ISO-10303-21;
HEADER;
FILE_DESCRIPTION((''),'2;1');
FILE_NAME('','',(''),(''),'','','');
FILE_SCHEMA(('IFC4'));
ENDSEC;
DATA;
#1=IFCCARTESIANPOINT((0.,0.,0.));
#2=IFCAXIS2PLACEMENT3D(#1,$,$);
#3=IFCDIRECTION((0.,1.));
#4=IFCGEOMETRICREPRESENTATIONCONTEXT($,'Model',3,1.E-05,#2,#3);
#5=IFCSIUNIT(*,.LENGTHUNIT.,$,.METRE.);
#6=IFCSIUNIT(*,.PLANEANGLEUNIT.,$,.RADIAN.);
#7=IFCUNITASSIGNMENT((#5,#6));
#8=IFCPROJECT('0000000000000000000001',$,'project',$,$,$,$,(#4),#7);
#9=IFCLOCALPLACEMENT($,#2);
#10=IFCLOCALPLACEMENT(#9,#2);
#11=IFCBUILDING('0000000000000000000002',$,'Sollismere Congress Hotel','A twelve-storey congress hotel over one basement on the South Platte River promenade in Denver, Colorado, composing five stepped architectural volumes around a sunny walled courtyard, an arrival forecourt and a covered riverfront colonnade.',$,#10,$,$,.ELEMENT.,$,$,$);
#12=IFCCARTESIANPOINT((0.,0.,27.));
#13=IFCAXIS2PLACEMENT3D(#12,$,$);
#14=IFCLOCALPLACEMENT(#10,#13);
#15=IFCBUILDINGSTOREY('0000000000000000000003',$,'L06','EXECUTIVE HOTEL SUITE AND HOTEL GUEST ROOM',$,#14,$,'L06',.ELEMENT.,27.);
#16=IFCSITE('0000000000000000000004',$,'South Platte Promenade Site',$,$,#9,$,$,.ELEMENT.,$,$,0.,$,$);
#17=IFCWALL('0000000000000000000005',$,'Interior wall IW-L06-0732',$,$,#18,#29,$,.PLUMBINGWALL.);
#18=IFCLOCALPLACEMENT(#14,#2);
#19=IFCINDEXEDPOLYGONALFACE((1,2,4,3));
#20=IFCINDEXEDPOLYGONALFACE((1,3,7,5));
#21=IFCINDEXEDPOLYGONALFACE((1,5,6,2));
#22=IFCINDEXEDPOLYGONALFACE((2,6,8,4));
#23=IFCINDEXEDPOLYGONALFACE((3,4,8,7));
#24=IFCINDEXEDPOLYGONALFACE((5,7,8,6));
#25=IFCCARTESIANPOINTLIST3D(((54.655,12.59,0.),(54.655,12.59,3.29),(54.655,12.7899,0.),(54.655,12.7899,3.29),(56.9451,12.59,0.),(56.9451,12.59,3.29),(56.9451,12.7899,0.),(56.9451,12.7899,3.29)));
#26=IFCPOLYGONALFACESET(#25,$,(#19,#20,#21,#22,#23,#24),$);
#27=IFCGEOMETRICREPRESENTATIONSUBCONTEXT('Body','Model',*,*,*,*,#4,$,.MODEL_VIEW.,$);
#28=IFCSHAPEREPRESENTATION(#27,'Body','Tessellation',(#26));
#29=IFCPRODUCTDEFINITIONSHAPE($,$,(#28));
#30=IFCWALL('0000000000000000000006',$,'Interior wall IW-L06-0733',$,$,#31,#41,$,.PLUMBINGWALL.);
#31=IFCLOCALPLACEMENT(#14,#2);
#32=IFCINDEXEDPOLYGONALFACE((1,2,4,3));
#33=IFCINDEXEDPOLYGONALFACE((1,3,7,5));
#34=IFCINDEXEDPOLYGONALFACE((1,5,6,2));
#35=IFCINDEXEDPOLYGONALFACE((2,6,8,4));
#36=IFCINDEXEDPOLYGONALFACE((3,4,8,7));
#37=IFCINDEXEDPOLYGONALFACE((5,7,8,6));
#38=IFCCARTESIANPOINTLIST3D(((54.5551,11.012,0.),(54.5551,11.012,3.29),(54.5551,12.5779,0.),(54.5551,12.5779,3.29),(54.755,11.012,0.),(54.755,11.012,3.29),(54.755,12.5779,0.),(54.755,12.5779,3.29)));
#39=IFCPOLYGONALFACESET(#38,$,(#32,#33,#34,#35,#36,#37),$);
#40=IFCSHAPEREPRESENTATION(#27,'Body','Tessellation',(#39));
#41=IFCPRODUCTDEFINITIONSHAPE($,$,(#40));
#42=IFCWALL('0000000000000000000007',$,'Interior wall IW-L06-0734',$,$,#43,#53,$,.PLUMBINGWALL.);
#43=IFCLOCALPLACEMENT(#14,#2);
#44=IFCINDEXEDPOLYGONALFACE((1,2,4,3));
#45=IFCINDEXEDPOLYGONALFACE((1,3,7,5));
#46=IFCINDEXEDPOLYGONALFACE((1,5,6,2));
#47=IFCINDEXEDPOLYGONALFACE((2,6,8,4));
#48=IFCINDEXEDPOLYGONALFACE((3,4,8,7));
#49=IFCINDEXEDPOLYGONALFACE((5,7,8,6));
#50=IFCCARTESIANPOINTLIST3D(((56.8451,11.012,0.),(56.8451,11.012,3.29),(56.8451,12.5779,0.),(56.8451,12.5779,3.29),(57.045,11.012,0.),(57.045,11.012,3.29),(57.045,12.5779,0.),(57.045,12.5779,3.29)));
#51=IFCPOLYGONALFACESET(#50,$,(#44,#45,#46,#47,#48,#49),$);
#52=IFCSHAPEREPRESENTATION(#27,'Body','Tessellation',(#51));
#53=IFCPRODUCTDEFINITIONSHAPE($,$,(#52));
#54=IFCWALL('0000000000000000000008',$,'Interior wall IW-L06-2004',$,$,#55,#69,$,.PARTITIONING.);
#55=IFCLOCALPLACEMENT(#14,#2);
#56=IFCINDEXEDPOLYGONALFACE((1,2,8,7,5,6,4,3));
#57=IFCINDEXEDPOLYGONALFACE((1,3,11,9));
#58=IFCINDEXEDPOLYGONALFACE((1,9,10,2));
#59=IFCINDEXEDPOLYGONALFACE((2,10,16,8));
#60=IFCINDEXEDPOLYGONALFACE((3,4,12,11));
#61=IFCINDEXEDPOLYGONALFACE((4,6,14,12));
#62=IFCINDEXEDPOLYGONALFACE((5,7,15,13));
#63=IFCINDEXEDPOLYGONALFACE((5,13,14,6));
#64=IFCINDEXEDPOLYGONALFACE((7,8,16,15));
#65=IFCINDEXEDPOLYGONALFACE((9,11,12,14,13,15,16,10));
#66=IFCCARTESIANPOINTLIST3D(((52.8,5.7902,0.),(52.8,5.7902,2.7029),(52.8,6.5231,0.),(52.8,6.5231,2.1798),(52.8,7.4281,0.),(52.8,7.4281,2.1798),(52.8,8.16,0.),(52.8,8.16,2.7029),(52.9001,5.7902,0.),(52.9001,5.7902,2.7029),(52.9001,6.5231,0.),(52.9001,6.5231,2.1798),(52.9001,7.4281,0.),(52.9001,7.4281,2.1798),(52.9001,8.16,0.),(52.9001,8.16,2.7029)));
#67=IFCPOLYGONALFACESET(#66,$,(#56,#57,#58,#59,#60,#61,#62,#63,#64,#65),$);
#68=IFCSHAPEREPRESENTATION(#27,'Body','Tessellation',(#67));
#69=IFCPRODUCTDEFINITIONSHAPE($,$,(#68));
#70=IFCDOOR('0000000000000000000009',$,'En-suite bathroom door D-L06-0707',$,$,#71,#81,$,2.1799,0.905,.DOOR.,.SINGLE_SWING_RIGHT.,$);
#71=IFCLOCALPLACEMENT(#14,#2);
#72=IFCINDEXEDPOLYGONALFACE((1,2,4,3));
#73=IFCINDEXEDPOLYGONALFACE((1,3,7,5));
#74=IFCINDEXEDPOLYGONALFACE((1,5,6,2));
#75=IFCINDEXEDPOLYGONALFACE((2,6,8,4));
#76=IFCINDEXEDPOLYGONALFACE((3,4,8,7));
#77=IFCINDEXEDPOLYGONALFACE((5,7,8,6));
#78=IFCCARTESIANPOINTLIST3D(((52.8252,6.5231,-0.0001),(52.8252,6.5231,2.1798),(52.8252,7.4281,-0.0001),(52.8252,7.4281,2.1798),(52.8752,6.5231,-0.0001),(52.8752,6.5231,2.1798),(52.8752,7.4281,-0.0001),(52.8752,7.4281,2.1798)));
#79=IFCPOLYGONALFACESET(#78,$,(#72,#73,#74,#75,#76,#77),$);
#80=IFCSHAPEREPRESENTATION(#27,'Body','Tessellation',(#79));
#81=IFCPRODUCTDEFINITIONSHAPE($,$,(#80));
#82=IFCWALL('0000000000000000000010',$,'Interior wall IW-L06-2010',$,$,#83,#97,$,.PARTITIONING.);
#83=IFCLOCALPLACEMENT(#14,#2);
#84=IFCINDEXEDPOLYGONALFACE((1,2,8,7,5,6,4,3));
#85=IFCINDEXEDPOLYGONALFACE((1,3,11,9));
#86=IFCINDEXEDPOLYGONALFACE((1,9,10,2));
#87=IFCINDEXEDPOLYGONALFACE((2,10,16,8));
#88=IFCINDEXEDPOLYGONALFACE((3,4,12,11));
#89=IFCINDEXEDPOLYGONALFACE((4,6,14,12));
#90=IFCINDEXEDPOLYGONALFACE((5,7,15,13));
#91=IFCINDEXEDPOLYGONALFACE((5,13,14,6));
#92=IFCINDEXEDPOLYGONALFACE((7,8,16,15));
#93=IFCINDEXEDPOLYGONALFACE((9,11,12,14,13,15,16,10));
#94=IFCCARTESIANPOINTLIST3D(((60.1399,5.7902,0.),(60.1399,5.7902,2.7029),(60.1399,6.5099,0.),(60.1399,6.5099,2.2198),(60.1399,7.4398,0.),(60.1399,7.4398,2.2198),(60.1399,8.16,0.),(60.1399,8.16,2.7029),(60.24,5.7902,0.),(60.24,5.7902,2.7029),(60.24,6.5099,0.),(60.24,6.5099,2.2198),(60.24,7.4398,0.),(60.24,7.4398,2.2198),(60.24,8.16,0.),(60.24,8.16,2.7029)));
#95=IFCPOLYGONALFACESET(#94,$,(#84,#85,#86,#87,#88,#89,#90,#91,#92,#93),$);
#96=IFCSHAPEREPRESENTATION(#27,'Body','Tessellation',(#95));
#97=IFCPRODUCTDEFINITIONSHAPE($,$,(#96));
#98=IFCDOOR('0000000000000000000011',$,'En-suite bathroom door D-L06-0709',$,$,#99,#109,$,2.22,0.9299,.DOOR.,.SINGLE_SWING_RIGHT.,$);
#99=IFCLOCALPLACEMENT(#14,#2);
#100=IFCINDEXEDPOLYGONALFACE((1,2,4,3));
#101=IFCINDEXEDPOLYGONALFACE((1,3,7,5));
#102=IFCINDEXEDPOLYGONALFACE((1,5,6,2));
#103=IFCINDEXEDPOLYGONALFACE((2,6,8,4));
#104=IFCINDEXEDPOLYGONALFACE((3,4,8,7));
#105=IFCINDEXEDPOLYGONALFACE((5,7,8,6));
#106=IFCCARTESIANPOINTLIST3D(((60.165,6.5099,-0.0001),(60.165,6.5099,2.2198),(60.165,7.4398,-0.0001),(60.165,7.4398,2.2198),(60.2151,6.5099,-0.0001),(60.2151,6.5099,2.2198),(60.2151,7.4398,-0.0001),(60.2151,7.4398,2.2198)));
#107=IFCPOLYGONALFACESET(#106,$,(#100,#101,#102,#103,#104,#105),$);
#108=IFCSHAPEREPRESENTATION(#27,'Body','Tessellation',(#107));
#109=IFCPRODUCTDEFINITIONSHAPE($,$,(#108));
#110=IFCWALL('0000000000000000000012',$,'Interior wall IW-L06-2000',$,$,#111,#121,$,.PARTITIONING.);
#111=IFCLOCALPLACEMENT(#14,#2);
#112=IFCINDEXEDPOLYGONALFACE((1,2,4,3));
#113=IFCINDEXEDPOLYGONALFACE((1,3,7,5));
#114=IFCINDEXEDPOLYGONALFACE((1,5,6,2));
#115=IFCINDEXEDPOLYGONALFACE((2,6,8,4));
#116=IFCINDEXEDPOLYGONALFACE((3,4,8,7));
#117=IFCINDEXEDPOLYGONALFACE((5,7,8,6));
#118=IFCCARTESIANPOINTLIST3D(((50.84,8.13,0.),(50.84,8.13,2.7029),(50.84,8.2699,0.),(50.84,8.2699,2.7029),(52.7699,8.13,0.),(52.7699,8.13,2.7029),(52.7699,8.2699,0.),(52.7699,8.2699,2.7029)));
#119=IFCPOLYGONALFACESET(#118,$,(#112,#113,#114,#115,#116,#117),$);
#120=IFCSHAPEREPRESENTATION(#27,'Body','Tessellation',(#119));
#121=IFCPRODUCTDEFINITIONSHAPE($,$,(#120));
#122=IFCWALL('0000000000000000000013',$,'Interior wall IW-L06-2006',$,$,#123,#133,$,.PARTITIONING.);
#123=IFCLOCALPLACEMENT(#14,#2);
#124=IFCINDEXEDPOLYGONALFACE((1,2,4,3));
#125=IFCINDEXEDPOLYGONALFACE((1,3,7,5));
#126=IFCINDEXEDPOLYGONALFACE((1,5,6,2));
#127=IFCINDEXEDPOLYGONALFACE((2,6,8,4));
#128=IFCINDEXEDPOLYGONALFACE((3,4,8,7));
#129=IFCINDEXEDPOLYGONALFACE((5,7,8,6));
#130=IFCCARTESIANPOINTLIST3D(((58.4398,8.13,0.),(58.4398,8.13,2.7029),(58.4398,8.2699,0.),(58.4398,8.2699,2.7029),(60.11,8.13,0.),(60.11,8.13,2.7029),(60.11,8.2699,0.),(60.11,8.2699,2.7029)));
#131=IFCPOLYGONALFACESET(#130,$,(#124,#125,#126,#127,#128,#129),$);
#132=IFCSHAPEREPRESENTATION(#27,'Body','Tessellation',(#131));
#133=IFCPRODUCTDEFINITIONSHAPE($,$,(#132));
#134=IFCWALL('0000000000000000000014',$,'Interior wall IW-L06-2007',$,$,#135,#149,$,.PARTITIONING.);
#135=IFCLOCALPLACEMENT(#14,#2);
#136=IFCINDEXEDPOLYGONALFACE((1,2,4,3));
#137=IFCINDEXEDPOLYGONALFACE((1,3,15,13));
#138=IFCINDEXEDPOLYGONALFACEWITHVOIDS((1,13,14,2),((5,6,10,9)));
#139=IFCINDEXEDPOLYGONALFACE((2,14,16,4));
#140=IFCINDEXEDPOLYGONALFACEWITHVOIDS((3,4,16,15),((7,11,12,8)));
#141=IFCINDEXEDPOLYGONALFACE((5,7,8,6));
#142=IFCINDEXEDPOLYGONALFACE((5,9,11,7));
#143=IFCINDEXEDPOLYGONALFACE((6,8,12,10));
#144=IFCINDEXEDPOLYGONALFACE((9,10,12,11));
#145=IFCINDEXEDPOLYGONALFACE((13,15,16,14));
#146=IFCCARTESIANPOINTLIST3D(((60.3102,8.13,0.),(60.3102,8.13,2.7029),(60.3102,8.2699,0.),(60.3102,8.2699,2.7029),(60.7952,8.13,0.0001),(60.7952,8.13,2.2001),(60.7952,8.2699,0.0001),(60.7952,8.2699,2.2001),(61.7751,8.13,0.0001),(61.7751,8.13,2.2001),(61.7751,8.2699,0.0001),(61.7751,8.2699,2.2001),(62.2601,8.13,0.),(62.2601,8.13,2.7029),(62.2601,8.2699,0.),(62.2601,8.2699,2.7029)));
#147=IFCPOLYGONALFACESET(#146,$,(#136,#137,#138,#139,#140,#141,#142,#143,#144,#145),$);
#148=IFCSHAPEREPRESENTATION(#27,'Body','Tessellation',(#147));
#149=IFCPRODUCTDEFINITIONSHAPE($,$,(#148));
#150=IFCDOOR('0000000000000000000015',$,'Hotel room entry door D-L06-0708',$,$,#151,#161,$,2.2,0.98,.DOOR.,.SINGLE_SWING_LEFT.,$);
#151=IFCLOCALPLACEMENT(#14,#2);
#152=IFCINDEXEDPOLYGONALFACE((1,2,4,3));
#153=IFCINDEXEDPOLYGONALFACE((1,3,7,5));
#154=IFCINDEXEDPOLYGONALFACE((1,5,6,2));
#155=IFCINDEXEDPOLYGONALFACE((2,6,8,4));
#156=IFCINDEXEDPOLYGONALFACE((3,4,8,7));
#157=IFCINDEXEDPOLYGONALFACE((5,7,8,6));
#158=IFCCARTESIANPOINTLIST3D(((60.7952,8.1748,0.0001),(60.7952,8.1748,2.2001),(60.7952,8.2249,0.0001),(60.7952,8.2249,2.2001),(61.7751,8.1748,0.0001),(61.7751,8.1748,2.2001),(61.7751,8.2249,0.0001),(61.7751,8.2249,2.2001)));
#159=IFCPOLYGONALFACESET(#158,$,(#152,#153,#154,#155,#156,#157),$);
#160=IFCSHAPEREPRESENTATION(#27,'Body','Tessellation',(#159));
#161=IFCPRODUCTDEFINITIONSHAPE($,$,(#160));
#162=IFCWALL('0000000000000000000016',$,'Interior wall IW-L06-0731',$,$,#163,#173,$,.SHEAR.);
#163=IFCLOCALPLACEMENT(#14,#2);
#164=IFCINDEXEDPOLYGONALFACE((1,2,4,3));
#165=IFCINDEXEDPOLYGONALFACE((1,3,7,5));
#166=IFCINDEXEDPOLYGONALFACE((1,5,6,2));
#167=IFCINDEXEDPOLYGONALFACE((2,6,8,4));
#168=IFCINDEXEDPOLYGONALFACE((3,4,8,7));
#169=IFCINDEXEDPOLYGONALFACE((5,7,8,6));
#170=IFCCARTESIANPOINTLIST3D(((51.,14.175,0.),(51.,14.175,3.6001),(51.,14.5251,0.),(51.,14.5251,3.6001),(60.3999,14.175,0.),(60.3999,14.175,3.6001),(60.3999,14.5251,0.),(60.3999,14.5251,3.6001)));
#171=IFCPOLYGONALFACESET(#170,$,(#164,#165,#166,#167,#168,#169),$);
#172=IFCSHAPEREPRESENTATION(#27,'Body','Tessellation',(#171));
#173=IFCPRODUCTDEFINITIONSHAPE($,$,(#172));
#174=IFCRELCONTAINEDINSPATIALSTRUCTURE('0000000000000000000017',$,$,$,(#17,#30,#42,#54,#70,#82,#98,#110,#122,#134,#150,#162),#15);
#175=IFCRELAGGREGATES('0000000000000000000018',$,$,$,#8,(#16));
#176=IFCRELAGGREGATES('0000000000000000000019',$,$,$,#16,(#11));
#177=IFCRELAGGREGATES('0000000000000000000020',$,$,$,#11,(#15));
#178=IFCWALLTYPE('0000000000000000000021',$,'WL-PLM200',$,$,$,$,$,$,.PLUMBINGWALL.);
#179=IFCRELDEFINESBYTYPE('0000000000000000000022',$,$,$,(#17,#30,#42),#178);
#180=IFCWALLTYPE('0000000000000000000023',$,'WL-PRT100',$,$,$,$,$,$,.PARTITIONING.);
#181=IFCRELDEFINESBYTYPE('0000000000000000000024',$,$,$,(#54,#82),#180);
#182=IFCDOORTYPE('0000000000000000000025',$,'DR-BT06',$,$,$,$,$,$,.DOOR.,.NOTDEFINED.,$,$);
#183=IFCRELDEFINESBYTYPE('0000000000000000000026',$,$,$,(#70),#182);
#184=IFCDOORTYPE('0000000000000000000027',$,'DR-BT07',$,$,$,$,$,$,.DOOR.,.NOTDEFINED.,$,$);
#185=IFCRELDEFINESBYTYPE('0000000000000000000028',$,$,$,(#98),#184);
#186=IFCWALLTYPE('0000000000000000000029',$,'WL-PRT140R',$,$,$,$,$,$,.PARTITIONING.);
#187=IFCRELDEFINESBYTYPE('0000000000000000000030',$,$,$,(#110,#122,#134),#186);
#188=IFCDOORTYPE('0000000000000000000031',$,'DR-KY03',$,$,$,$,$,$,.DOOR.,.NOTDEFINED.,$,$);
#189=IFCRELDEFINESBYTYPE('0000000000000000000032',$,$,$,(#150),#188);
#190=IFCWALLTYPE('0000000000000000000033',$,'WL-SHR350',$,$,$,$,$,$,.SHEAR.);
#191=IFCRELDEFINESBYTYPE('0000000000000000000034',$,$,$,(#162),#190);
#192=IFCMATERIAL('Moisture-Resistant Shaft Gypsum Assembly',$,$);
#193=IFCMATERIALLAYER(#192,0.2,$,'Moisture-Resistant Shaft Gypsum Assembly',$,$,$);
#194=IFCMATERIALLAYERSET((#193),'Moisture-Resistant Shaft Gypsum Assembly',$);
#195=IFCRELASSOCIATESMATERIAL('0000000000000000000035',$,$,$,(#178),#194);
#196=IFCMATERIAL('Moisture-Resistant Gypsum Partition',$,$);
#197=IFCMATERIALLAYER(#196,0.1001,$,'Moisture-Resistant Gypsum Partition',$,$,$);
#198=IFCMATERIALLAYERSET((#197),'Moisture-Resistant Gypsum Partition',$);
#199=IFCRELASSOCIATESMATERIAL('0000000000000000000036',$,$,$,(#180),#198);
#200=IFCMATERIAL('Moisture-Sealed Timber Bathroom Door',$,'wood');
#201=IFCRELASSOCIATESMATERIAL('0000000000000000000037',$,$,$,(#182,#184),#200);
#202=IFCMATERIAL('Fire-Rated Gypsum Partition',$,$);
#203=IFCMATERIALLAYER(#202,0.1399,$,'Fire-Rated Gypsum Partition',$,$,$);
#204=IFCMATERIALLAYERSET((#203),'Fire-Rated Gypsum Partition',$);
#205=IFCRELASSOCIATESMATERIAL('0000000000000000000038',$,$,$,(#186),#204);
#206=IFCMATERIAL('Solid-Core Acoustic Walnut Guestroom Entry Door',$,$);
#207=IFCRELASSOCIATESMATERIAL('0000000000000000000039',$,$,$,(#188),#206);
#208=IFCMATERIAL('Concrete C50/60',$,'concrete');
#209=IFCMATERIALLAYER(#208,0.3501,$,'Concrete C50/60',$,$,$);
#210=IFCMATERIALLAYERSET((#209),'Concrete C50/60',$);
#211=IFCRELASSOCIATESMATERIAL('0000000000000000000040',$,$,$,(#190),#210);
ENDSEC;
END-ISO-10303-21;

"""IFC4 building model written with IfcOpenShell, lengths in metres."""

from ifc_helpers import new_model, si_unit, direction, frame, frame_2d, origin, place, context, subcontext, project, spatial, rectangle, extrude, material, layer, layer_set, type_object, element, fill, save


model = new_model("IFC4")

# Units and contexts
model_context = context("Model", 3, precision=1e-05, world=origin(), true_north=direction((0.0, 1.0)))
body_context = subcontext(model_context, "Body", "Model", "MODEL_VIEW")
ifc_project = project(units=[si_unit("LENGTHUNIT", "METRE"), si_unit("PLANEANGLEUNIT", "RADIAN")], contexts=[model_context])

# Site, building, storey
site_placement = place(None, origin())
site = spatial("IfcSite", under=ifc_project, at=site_placement, Name="South Platte Promenade Site", CompositionType="ELEMENT", RefElevation=0.0)
building_placement = place(site_placement, origin())
building = spatial("IfcBuilding", under=site, at=building_placement, Name="Sollismere Congress Hotel", Description="A twelve-storey congress hotel over one basement on the South Platte River promenade in Denver, Colorado, composing five stepped architectural volumes around a sunny walled courtyard, an arrival forecourt and a covered riverfront colonnade.", CompositionType="ELEMENT")
storey_placement = place(building_placement, frame((0.0, 0.0, 27.0)))
storey = spatial("IfcBuildingStorey", under=building, at=storey_placement, Name="L06", Description="EXECUTIVE HOTEL SUITE AND HOTEL GUEST ROOM", LongName="L06", CompositionType="ELEMENT", Elevation=27.0)

# Walls
ifc_material_1 = material(Name="Moisture-Resistant Shaft Gypsum Assembly")
ifc_layer_1 = layer(ifc_material_1, 0.2, Name="Moisture-Resistant Shaft Gypsum Assembly")
ifc_layer_set_1 = layer_set([ifc_layer_1], Name="Moisture-Resistant Shaft Gypsum Assembly")
wall_type_1 = type_object("IfcWallType", Name="WL-PLM200", PredefinedType="PLUMBINGWALL", material=ifc_layer_set_1)
wall_1_placement = place(storey_placement, frame((54.655, 12.6899, 0.0), z_axis=(0.0, 0.0, 1.0), x_axis=(1.0, 0.0, 0.0)))
element("IfcWall", 1, at=wall_1_placement, inside=storey, type_object=wall_type_1, Name="Interior wall IW-L06-0732", PredefinedType="PLUMBINGWALL", context=body_context, shape_type="SweptSolid", body=[
    extrude(rectangle(XDim=2.29, YDim=0.2, at=frame_2d((1.145, 0.0))), origin(), (0.0, 0.0, 1.0), 3.29),
])
for number, where, z_axis, x_axis, name in (
    (2, (54.655, 11.012, 0.0), (0.0, 0.0, 1.0), (0.0, 1.0, 0.0), "Interior wall IW-L06-0733"),
    (3, (56.9451, 11.012, 0.0), (0.0, 0.0, 1.0), (0.0, 1.0, 0.0), "Interior wall IW-L06-0734"),
):
    element("IfcWall", number, at=place(storey_placement, frame(where, z_axis=z_axis, x_axis=x_axis)), inside=storey, type_object=wall_type_1, Name=name, PredefinedType="PLUMBINGWALL", context=body_context, shape_type="SweptSolid", body=[
        extrude(rectangle(XDim=1.5659, YDim=0.2, at=frame_2d((0.783, 0.0))), origin(), (0.0, 0.0, 1.0), 3.29),
    ])

# Walls, openings, doors
ifc_material_2 = material(Name="Moisture-Resistant Gypsum Partition")
ifc_layer_2 = layer(ifc_material_2, 0.1001, Name="Moisture-Resistant Gypsum Partition")
ifc_layer_set_2 = layer_set([ifc_layer_2], Name="Moisture-Resistant Gypsum Partition")
wall_type_2 = type_object("IfcWallType", Name="WL-PRT100", PredefinedType="PARTITIONING", material=ifc_layer_set_2)
wall_2_placement = place(storey_placement, frame((52.8501, 5.79, 0.0), z_axis=(0.0, 0.0, 1.0), x_axis=(0.0, 1.0, 0.0)))
wall_2 = element("IfcWall", 4, at=wall_2_placement, inside=storey, type_object=wall_type_2, Name="Interior wall IW-L06-2004", PredefinedType="PARTITIONING", context=body_context, shape_type="SweptSolid", body=[
    extrude(rectangle(XDim=2.3699, YDim=0.1001, at=frame_2d((1.1851, 0.0))), origin(), (0.0, 0.0, 1.0), 2.7029),
])
opening_1_placement = place(wall_2_placement, frame((0.7329, 0.0, 0.0)))
opening_1 = element("IfcOpeningElement", 5, at=opening_1_placement, cuts=wall_2, PredefinedType="OPENING", context=body_context, shape_type="SweptSolid", body=[
    extrude(rectangle(XDim=0.905, YDim=2.1799, at=frame_2d((0.4526, 1.0898))), frame((0.0, 0.0601, 0.0), z_axis=(0.0, -1.0, 0.0), x_axis=(1.0, 0.0, 0.0)), (0.0, 0.0, 1.0), 0.1201),
])
ifc_material_3 = material(Name="Moisture-Sealed Timber Bathroom Door", Category="wood")
door_type_1 = type_object("IfcDoorType", Name="DR-BT06", OperationType="NOTDEFINED", PredefinedType="DOOR", material=ifc_material_3)
door_1_placement = place(opening_1_placement, origin())
door_1 = element("IfcDoor", 6, at=door_1_placement, inside=storey, type_object=door_type_1, Name="En-suite bathroom door D-L06-0707", OperationType="SINGLE_SWING_RIGHT", OverallHeight=2.1799, OverallWidth=0.905, PredefinedType="DOOR", context=body_context, shape_type="SweptSolid", body=[
    extrude(rectangle(XDim=0.905, YDim=2.1799, at=frame_2d((0.4526, 1.0898))), frame((0.0, 0.0249, 0.0), z_axis=(0.0, -1.0, 0.0), x_axis=(1.0, 0.0, 0.0)), (0.0, 0.0, 1.0), 0.05),
])
fill(opening_1, door_1)
wall_3_placement = place(storey_placement, frame((60.1899, 5.79, 0.0), z_axis=(0.0, 0.0, 1.0), x_axis=(0.0, 1.0, 0.0)))
wall_3 = element("IfcWall", 7, at=wall_3_placement, inside=storey, type_object=wall_type_2, Name="Interior wall IW-L06-2010", PredefinedType="PARTITIONING", context=body_context, shape_type="SweptSolid", body=[
    extrude(rectangle(XDim=2.3699, YDim=0.1001, at=frame_2d((1.1851, 0.0))), origin(), (0.0, 0.0, 1.0), 2.7029),
])
opening_2_placement = place(wall_3_placement, frame((0.72, 0.0, 0.0)))
opening_2 = element("IfcOpeningElement", 8, at=opening_2_placement, cuts=wall_3, PredefinedType="OPENING", context=body_context, shape_type="SweptSolid", body=[
    extrude(rectangle(XDim=0.9299, YDim=2.22, at=frame_2d((0.4648, 1.1099))), frame((0.0, 0.0601, 0.0), z_axis=(0.0, -1.0, 0.0), x_axis=(1.0, 0.0, 0.0)), (0.0, 0.0, 1.0), 0.1201),
])
door_type_2 = type_object("IfcDoorType", Name="DR-BT07", OperationType="NOTDEFINED", PredefinedType="DOOR", material=ifc_material_3)
door_2_placement = place(opening_2_placement, origin())
door_2 = element("IfcDoor", 9, at=door_2_placement, inside=storey, type_object=door_type_2, Name="En-suite bathroom door D-L06-0709", OperationType="SINGLE_SWING_RIGHT", OverallHeight=2.22, OverallWidth=0.9299, PredefinedType="DOOR", context=body_context, shape_type="SweptSolid", body=[
    extrude(rectangle(XDim=0.9299, YDim=2.22, at=frame_2d((0.4648, 1.1099))), frame((0.0, 0.0249, 0.0), z_axis=(0.0, -1.0, 0.0), x_axis=(1.0, 0.0, 0.0)), (0.0, 0.0, 1.0), 0.05),
])
fill(opening_2, door_2)

# Wall
ifc_material_4 = material(Name="Fire-Rated Gypsum Partition")
ifc_layer_3 = layer(ifc_material_4, 0.1399, Name="Fire-Rated Gypsum Partition")
ifc_layer_set_3 = layer_set([ifc_layer_3], Name="Fire-Rated Gypsum Partition")
wall_type_3 = type_object("IfcWallType", Name="WL-PRT140R", PredefinedType="PARTITIONING", material=ifc_layer_set_3)
wall_4_placement = place(storey_placement, frame((50.8401, 8.2, 0.0), z_axis=(0.0, 0.0, 1.0), x_axis=(1.0, 0.0, 0.0)))
element("IfcWall", 10, at=wall_4_placement, inside=storey, type_object=wall_type_3, Name="Interior wall IW-L06-2000", PredefinedType="PARTITIONING", context=body_context, shape_type="SweptSolid", body=[
    extrude(rectangle(XDim=1.9299, YDim=0.1399, at=frame_2d((0.9648, 0.0))), origin(), (0.0, 0.0, 1.0), 2.7029),
])

# Shared definitions
ifc_material_5 = material(Name="Solid-Core Acoustic Walnut Guestroom Entry Door")

# Wall
wall_5_placement = place(storey_placement, frame((58.4399, 8.2, 0.0), z_axis=(0.0, 0.0, 1.0), x_axis=(1.0, 0.0, 0.0)))
element("IfcWall", 11, at=wall_5_placement, inside=storey, type_object=wall_type_3, Name="Interior wall IW-L06-2006", PredefinedType="PARTITIONING", context=body_context, shape_type="SweptSolid", body=[
    extrude(rectangle(XDim=1.6702, YDim=0.1399, at=frame_2d((0.835, 0.0))), origin(), (0.0, 0.0, 1.0), 2.7029),
])

# Wall, opening, door
wall_6_placement = place(storey_placement, frame((60.3101, 8.2, 0.0), z_axis=(0.0, 0.0, 1.0), x_axis=(1.0, 0.0, 0.0)))
wall_6 = element("IfcWall", 12, at=wall_6_placement, inside=storey, type_object=wall_type_3, Name="Interior wall IW-L06-2007", PredefinedType="PARTITIONING", context=body_context, shape_type="SweptSolid", body=[
    extrude(rectangle(XDim=1.95, YDim=0.1399, at=frame_2d((0.9751, 0.0))), origin(), (0.0, 0.0, 1.0), 2.7029),
])
opening_3_placement = place(wall_6_placement, frame((0.4851, 0.0, 0.0)))
opening_3 = element("IfcOpeningElement", 13, at=opening_3_placement, cuts=wall_6, PredefinedType="OPENING", context=body_context, shape_type="SweptSolid", body=[
    extrude(rectangle(XDim=0.98, YDim=2.2, at=frame_2d((0.49, 1.1001))), frame((0.0, 0.0798, 0.0), z_axis=(0.0, -1.0, 0.0), x_axis=(1.0, 0.0, 0.0)), (0.0, 0.0, 1.0), 0.1599),
])
door_type_3 = type_object("IfcDoorType", Name="DR-KY03", OperationType="NOTDEFINED", PredefinedType="DOOR", material=ifc_material_5)
door_3_placement = place(opening_3_placement, origin())
door_3 = element("IfcDoor", 14, at=door_3_placement, inside=storey, type_object=door_type_3, Name="Hotel room entry door D-L06-0708", OperationType="SINGLE_SWING_LEFT", OverallHeight=2.2, OverallWidth=0.98, PredefinedType="DOOR", context=body_context, shape_type="SweptSolid", body=[
    extrude(rectangle(XDim=0.98, YDim=2.2, at=frame_2d((0.49, 1.1001))), frame((0.0, 0.0249, 0.0), z_axis=(0.0, -1.0, 0.0), x_axis=(1.0, 0.0, 0.0)), (0.0, 0.0, 1.0), 0.05),
])
fill(opening_3, door_3)

# Wall
ifc_material_6 = material(Name="Concrete C50/60", Category="concrete")
ifc_layer_4 = layer(ifc_material_6, 0.3501, Name="Concrete C50/60")
ifc_layer_set_4 = layer_set([ifc_layer_4], Name="Concrete C50/60")
wall_type_4 = type_object("IfcWallType", Name="WL-SHR350", PredefinedType="SHEAR", material=ifc_layer_set_4)
wall_7_placement = place(storey_placement, frame((51.0, 14.3501, 0.0), z_axis=(0.0, 0.0, 1.0), x_axis=(1.0, 0.0, 0.0)))
element("IfcWall", 15, at=wall_7_placement, inside=storey, type_object=wall_type_4, Name="Interior wall IW-L06-0731", PredefinedType="SHEAR", context=body_context, shape_type="SweptSolid", body=[
    extrude(rectangle(XDim=9.3999, YDim=0.3501, at=frame_2d((4.7, 0.0))), origin(), (0.0, 0.0, 1.0), 3.6001),
])

save(model, "model.ifc")
